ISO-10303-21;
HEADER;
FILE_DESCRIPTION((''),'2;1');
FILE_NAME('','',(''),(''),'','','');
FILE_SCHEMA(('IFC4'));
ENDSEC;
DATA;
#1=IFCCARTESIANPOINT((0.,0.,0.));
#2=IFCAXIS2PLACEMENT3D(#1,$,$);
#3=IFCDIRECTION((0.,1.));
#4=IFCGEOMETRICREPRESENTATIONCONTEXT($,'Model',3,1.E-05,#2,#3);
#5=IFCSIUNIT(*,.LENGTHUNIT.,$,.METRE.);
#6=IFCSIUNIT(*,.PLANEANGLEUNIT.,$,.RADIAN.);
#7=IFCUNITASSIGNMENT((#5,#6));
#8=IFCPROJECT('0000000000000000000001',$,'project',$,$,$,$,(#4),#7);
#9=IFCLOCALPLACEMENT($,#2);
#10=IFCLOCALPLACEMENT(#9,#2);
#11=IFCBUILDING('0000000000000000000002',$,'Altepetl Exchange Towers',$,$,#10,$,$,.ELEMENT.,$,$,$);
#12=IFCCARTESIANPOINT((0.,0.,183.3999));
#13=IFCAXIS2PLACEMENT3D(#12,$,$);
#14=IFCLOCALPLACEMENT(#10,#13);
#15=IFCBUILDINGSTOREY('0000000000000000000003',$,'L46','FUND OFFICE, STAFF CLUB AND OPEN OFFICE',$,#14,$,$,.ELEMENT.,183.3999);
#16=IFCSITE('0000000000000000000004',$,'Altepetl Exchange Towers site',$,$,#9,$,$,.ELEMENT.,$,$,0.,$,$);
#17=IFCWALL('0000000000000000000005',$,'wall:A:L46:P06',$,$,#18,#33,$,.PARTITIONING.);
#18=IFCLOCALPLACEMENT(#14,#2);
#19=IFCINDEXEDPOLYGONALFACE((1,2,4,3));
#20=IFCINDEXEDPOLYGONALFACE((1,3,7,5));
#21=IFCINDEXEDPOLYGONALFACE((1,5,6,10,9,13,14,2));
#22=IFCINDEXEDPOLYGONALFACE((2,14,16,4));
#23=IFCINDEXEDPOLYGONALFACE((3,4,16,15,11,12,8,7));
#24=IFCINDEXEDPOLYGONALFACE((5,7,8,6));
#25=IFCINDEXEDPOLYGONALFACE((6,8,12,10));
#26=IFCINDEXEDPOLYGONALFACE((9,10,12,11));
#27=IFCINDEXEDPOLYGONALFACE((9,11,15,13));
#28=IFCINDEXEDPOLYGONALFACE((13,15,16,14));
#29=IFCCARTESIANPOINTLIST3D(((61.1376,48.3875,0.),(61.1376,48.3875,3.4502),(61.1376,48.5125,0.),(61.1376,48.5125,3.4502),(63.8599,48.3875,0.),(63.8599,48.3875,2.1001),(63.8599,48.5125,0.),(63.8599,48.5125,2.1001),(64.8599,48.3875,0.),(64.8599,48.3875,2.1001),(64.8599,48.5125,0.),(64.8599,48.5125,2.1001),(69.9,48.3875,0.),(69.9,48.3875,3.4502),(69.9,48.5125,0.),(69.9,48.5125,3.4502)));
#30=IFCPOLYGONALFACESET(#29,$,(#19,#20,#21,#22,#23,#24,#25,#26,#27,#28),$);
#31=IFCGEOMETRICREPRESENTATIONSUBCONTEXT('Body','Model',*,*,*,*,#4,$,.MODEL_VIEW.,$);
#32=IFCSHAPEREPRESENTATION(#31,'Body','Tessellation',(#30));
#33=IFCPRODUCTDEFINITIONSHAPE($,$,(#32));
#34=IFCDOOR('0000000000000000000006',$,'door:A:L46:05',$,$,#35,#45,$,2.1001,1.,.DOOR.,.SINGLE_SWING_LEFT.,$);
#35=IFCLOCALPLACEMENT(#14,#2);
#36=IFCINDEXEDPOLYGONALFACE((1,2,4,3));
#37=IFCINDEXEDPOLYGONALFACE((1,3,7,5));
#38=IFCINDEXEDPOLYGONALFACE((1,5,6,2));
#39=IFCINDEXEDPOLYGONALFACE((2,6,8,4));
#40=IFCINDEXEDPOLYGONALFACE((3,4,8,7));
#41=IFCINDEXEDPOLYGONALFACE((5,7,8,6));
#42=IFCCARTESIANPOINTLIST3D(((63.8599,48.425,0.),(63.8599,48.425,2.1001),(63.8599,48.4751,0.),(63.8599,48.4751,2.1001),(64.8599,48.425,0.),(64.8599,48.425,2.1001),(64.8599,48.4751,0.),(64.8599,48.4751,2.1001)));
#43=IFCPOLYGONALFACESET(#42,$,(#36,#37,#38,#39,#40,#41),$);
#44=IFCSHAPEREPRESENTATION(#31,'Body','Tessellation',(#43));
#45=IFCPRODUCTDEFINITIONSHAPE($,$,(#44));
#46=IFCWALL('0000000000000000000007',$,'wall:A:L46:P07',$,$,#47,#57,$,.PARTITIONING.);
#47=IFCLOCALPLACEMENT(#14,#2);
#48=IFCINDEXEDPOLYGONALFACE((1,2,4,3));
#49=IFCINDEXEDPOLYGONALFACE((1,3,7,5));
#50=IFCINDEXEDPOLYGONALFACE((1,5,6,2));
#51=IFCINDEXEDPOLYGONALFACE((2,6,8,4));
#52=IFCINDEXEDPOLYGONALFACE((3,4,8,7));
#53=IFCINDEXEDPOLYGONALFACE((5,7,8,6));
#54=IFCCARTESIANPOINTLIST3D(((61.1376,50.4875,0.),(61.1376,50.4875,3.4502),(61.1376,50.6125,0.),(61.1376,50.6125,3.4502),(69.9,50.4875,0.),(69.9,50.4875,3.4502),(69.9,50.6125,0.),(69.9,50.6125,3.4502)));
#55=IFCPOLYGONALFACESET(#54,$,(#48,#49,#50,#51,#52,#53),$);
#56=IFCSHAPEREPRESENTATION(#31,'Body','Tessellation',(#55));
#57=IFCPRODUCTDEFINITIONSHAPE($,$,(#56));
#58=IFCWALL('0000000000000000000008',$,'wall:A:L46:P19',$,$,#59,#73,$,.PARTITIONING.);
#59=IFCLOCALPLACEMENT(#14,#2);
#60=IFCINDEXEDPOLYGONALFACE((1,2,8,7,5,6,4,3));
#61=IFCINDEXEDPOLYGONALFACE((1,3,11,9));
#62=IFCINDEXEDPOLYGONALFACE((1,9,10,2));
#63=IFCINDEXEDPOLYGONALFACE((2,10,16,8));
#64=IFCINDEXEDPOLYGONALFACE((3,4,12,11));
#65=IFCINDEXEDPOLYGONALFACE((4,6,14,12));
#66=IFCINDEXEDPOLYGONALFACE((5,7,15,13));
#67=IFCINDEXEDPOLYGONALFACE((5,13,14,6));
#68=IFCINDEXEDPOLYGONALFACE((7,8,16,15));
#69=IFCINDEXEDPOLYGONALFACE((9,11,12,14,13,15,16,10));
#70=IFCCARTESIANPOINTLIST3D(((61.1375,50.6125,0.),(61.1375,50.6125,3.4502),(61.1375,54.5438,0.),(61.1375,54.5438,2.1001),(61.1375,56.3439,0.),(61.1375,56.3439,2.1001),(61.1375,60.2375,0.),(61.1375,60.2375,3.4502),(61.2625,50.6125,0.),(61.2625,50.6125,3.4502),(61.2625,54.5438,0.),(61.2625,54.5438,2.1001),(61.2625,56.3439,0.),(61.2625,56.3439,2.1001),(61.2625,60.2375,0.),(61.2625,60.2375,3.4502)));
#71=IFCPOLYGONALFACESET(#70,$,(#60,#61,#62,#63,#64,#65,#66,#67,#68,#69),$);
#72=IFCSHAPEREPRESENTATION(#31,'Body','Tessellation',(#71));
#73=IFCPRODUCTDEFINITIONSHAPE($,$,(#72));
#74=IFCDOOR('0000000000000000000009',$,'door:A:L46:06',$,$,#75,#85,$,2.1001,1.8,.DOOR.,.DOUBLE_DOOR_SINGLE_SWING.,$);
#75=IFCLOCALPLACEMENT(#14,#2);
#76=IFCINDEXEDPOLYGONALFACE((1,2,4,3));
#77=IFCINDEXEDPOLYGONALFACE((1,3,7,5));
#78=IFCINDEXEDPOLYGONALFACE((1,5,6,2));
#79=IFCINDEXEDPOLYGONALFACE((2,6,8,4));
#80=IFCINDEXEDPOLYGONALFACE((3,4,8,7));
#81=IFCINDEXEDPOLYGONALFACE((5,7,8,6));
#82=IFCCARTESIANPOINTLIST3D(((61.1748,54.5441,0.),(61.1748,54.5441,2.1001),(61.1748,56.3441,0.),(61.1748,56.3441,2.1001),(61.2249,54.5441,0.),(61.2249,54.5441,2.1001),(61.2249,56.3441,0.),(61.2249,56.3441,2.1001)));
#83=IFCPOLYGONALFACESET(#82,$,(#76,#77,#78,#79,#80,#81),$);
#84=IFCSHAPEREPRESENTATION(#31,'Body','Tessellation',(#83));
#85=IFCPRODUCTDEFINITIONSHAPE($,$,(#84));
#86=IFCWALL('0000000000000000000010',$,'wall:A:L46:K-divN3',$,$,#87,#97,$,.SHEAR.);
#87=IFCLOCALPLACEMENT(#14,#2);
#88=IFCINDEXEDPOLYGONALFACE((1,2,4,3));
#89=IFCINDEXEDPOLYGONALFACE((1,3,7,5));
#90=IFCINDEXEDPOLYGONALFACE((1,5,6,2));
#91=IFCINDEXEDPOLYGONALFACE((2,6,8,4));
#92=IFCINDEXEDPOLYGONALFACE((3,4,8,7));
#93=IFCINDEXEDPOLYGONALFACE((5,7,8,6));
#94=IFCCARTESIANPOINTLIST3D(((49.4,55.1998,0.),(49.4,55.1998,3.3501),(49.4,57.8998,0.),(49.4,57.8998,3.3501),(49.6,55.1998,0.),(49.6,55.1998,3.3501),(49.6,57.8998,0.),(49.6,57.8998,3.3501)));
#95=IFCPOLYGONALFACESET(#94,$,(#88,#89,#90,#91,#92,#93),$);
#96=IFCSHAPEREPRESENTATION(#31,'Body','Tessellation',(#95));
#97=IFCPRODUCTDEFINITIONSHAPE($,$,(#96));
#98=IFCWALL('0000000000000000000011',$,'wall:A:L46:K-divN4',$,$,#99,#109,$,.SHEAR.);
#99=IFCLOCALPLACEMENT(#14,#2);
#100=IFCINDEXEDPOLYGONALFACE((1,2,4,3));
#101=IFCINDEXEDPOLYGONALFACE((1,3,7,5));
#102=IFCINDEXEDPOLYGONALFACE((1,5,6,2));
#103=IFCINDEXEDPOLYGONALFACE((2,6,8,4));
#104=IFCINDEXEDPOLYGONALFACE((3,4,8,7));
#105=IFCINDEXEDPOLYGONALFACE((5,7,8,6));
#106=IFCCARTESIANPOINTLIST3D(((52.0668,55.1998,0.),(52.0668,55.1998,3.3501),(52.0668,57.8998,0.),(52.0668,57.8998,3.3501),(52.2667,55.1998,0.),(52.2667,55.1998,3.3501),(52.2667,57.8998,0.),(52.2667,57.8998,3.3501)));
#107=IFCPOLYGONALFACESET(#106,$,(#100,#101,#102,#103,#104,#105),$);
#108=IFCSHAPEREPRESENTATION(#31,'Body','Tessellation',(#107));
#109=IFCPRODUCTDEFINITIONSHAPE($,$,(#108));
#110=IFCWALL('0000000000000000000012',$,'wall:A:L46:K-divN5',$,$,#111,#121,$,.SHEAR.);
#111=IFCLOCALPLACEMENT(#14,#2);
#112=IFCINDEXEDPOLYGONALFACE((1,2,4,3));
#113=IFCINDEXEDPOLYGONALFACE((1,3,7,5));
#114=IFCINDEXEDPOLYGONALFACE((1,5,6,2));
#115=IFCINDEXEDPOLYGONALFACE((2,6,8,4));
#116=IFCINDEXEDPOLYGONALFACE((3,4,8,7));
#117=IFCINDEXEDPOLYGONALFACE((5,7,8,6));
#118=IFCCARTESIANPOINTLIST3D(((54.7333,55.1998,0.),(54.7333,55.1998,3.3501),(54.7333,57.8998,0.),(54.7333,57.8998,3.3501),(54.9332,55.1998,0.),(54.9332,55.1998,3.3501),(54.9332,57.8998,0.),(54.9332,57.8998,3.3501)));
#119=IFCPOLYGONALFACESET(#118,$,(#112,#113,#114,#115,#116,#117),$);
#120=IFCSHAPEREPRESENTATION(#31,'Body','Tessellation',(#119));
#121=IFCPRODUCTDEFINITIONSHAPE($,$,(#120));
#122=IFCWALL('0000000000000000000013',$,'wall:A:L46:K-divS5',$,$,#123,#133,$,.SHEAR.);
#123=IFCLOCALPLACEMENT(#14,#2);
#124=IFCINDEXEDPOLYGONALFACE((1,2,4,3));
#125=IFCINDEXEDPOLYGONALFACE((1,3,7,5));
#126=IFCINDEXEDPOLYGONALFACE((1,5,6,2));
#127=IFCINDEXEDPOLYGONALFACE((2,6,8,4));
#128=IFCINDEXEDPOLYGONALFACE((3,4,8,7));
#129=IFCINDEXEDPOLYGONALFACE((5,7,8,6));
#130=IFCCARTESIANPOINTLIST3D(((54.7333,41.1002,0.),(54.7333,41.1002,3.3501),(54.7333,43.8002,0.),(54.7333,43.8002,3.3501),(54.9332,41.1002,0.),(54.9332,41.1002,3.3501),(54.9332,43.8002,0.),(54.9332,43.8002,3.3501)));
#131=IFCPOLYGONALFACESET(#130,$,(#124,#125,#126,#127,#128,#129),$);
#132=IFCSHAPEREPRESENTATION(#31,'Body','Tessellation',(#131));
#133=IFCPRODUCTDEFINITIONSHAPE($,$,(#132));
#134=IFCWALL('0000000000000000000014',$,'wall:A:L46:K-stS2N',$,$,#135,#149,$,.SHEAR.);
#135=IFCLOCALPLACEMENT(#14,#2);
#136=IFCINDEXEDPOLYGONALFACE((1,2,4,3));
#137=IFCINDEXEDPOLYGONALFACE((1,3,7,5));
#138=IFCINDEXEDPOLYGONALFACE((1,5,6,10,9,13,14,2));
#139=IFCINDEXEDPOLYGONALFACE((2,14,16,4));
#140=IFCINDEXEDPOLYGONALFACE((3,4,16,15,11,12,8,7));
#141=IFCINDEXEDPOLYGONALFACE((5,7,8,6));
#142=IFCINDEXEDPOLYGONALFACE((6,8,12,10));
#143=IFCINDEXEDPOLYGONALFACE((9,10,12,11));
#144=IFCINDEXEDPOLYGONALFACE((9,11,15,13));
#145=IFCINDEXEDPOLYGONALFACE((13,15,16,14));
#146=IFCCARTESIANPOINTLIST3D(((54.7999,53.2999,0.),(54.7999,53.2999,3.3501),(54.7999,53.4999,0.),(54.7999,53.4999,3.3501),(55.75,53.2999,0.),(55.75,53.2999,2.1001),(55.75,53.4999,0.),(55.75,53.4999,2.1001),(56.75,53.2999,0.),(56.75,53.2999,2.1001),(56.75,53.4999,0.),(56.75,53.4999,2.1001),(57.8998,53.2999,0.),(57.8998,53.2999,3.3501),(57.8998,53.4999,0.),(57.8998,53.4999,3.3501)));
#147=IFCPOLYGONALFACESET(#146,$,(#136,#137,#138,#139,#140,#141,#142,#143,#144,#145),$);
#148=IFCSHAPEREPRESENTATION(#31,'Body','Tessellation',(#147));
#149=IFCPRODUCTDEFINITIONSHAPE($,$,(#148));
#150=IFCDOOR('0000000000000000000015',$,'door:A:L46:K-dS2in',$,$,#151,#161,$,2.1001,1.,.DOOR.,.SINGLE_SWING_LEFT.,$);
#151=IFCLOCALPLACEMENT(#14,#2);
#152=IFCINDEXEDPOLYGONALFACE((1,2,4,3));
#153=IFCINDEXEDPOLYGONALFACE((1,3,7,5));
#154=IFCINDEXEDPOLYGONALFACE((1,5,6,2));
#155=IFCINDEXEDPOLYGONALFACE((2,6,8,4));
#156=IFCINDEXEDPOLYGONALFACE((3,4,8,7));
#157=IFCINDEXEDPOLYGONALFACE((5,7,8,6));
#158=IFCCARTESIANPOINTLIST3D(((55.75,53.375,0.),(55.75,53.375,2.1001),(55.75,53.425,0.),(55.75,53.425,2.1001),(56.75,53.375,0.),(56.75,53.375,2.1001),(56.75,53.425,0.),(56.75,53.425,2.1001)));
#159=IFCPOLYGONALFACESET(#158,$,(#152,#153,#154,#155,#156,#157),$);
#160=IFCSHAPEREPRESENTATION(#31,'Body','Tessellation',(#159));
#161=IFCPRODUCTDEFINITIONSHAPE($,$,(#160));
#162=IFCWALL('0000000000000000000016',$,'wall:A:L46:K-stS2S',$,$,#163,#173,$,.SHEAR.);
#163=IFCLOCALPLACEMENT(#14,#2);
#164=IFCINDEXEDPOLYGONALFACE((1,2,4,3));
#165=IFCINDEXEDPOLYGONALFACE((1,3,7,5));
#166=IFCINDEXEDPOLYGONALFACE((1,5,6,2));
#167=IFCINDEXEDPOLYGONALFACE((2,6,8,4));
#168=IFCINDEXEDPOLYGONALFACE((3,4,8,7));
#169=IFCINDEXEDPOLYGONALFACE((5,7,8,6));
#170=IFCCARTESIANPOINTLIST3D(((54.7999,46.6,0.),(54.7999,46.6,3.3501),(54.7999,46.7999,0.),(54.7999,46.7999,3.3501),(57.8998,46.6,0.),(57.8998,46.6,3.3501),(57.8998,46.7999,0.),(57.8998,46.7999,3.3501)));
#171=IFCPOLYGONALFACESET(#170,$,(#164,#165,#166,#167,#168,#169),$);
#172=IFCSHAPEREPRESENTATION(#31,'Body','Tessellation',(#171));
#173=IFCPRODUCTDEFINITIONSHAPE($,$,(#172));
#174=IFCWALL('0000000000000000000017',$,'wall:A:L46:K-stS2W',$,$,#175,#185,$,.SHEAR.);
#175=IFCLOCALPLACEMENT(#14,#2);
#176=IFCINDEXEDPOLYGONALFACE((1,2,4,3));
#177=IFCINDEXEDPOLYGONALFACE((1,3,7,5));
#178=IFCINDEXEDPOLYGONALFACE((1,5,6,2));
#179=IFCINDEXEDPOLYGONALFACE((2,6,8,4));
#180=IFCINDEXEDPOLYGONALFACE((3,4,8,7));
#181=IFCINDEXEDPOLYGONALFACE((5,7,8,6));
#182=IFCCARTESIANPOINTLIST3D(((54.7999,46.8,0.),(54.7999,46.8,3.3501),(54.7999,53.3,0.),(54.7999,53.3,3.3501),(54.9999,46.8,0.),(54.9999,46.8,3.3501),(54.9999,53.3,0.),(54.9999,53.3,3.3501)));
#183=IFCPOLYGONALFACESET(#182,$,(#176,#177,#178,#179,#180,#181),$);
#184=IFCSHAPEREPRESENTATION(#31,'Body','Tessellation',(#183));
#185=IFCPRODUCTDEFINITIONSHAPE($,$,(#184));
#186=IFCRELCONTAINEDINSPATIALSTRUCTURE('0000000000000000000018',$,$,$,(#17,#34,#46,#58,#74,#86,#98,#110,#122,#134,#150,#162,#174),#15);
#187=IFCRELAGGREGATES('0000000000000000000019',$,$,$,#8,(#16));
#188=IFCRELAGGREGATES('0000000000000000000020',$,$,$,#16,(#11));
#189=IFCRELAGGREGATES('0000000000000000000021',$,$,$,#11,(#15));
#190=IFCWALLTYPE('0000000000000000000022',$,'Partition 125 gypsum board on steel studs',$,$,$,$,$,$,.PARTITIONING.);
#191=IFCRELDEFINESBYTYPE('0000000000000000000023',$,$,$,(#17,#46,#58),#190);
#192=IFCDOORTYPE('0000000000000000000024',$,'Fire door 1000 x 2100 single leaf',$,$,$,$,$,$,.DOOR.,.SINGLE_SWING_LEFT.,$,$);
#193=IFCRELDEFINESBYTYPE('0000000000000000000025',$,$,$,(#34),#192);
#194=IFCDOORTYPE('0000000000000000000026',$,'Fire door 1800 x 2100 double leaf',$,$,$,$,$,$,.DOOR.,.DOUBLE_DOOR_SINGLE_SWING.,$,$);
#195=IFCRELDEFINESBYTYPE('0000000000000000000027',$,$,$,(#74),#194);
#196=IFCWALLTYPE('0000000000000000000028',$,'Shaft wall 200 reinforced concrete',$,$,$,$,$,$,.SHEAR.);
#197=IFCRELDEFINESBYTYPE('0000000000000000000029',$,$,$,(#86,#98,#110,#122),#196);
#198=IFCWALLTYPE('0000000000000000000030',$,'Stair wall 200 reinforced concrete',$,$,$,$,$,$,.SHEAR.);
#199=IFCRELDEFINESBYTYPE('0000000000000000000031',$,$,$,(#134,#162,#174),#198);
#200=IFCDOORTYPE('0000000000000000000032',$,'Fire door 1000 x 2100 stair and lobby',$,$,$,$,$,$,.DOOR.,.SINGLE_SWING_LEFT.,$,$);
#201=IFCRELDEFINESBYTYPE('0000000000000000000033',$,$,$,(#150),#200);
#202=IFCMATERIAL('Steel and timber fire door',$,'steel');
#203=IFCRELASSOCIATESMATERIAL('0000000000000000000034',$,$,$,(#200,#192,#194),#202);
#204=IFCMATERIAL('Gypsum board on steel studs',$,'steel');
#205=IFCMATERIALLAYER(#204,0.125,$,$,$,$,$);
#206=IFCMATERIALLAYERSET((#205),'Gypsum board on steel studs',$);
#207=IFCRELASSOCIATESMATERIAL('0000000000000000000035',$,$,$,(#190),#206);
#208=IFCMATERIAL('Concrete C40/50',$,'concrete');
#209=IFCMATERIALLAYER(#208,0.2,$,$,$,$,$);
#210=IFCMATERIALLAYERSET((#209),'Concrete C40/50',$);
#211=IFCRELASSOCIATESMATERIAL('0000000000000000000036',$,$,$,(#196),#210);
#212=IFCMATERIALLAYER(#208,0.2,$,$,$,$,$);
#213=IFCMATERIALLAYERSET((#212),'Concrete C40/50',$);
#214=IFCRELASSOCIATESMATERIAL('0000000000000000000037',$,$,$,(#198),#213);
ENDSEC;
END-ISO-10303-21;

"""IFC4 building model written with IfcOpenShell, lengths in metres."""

from ifc_helpers import new_model, si_unit, direction, frame, frame_2d, origin, place, context, subcontext, project, spatial, rectangle, extrude, material, layer, layer_set, type_object, element, fill, save


model = new_model("IFC4")

# Units and contexts
model_context = context("Model", 3, precision=1e-05, world=origin(), true_north=direction((0.0, 1.0)))
body_context = subcontext(model_context, "Body", "Model", "MODEL_VIEW")
ifc_project = project(units=[si_unit("LENGTHUNIT", "METRE"), si_unit("PLANEANGLEUNIT", "RADIAN")], contexts=[model_context])

# Site, building, storey
site_placement = place(None, origin())
site = spatial("IfcSite", under=ifc_project, at=site_placement, Name="Altepetl Exchange Towers site", CompositionType="ELEMENT", RefElevation=0.0)
building_placement = place(site_placement, origin())
building = spatial("IfcBuilding", under=site, at=building_placement, Name="Altepetl Exchange Towers", CompositionType="ELEMENT")
storey_placement = place(building_placement, frame((0.0, 0.0, 183.3999)))
storey = spatial("IfcBuildingStorey", under=building, at=storey_placement, Name="L46", Description="FUND OFFICE, STAFF CLUB AND OPEN OFFICE", CompositionType="ELEMENT", Elevation=183.3999)

# Shared definitions
ifc_material_1 = material(Name="Steel and timber fire door", Category="steel")
door_type_1 = type_object("IfcDoorType", Name="Fire door 1000 x 2100 stair and lobby", OperationType="SINGLE_SWING_LEFT", PredefinedType="DOOR", material=ifc_material_1)

# Shared definitions
ifc_material_2 = material(Name="Gypsum board on steel studs", Category="steel")
ifc_layer_1 = layer(ifc_material_2, 0.125)
ifc_layer_set_1 = layer_set([ifc_layer_1], Name="Gypsum board on steel studs")
wall_type_1 = type_object("IfcWallType", Name="Partition 125 gypsum board on steel studs", PredefinedType="PARTITIONING", material=ifc_layer_set_1)

# Wall, opening, door
wall_1_placement = place(storey_placement, frame((61.1375, 48.45, 0.0)))
wall_1 = element("IfcWall", 1, at=wall_1_placement, inside=storey, type_object=wall_type_1, Name="wall:A:L46:P06", PredefinedType="PARTITIONING", context=body_context, shape_type="SweptSolid", body=[
    extrude(rectangle(XDim=8.7625, YDim=0.125, at=frame_2d((4.3813, 0.0))), origin(), (0.0, 0.0, 1.0), 3.4502),
])
opening_1_placement = place(wall_1_placement, frame((2.7224, 0.0, 0.0)))
opening_1 = element("IfcOpeningElement", 2, at=opening_1_placement, cuts=wall_1, PredefinedType="OPENING", context=body_context, shape_type="SweptSolid", body=[
    extrude(rectangle(XDim=1.0, YDim=2.1001, at=frame_2d((0.5, 1.05))), frame((0.0, 0.0725, 0.0), z_axis=(0.0, -1.0, 0.0), x_axis=(1.0, 0.0, 0.0)), (0.0, 0.0, 1.0), 0.145),
])
door_type_2 = type_object("IfcDoorType", Name="Fire door 1000 x 2100 single leaf", OperationType="SINGLE_SWING_LEFT", PredefinedType="DOOR", material=ifc_material_1)
door_1_placement = place(opening_1_placement, frame((1.0, 0.0, 0.0), x_axis=(-1.0, 0.0, 0.0)))
door_1 = element("IfcDoor", 3, at=door_1_placement, inside=storey, type_object=door_type_2, Name="door:A:L46:05", OperationType="SINGLE_SWING_LEFT", OverallHeight=2.1001, OverallWidth=1.0, PredefinedType="DOOR", context=body_context, shape_type="SweptSolid", body=[
    extrude(rectangle(XDim=1.0, YDim=2.1001, at=frame_2d((0.5, 1.05))), frame((0.0, 0.0249, 0.0), z_axis=(0.0, -1.0, 0.0), x_axis=(1.0, 0.0, 0.0)), (0.0, 0.0, 1.0), 0.05),
])
fill(opening_1, door_1)

# Wall
wall_2_placement = place(storey_placement, frame((61.1375, 50.55, 0.0)))
element("IfcWall", 4, at=wall_2_placement, inside=storey, type_object=wall_type_1, Name="wall:A:L46:P07", PredefinedType="PARTITIONING", context=body_context, shape_type="SweptSolid", body=[
    extrude(rectangle(XDim=8.7625, YDim=0.125, at=frame_2d((4.3813, 0.0))), origin(), (0.0, 0.0, 1.0), 3.4502),
])

# Wall, opening, door
wall_3_placement = place(storey_placement, frame((61.2, 50.6125, 0.0), z_axis=(0.0, 0.0, 1.0), x_axis=(0.0, 1.0, 0.0)))
wall_3 = element("IfcWall", 5, at=wall_3_placement, inside=storey, type_object=wall_type_1, Name="wall:A:L46:P19", PredefinedType="PARTITIONING", context=body_context, shape_type="SweptSolid", body=[
    extrude(rectangle(XDim=9.625, YDim=0.125, at=frame_2d((4.8125, 0.0))), origin(), (0.0, 0.0, 1.0), 3.4502),
])
opening_2_placement = place(wall_3_placement, frame((3.9314, 0.0, 0.0)))
opening_2 = element("IfcOpeningElement", 6, at=opening_2_placement, cuts=wall_3, PredefinedType="OPENING", context=body_context, shape_type="SweptSolid", body=[
    extrude(rectangle(XDim=1.8, YDim=2.1001, at=frame_2d((0.8999, 1.05))), frame((0.0, 0.0725, 0.0), z_axis=(0.0, -1.0, 0.0), x_axis=(1.0, 0.0, 0.0)), (0.0, 0.0, 1.0), 0.145),
])
door_type_3 = type_object("IfcDoorType", Name="Fire door 1800 x 2100 double leaf", OperationType="DOUBLE_DOOR_SINGLE_SWING", PredefinedType="DOOR", material=ifc_material_1)
door_2_placement = place(opening_2_placement, frame((1.8, 0.0, 0.0), x_axis=(-1.0, 0.0, 0.0)))
door_2 = element("IfcDoor", 7, at=door_2_placement, inside=storey, type_object=door_type_3, Name="door:A:L46:06", OperationType="DOUBLE_DOOR_SINGLE_SWING", OverallHeight=2.1001, OverallWidth=1.8, PredefinedType="DOOR", context=body_context, shape_type="SweptSolid", body=[
    extrude(rectangle(XDim=1.8, YDim=2.1001, at=frame_2d((0.8999, 1.05))), frame((0.0, 0.0249, 0.0), z_axis=(0.0, -1.0, 0.0), x_axis=(1.0, 0.0, 0.0)), (0.0, 0.0, 1.0), 0.05),
])
fill(opening_2, door_2)

# Walls
ifc_material_3 = material(Name="Concrete C40/50", Category="concrete")
ifc_layer_2 = layer(ifc_material_3, 0.2)
ifc_layer_set_2 = layer_set([ifc_layer_2], Name="Concrete C40/50")
wall_type_2 = type_object("IfcWallType", Name="Shaft wall 200 reinforced concrete", PredefinedType="SHEAR", material=ifc_layer_set_2)
for number, where, z_axis, x_axis, name in (
    (8, (49.5, 57.8999, 0.0), (0.0, 0.0, 1.0), (0.0, -1.0, 0.0), "wall:A:L46:K-divN3"),
    (9, (52.1667, 57.8999, 0.0), (0.0, 0.0, 1.0), (0.0, -1.0, 0.0), "wall:A:L46:K-divN4"),
    (10, (54.8333, 57.8999, 0.0), (0.0, 0.0, 1.0), (0.0, -1.0, 0.0), "wall:A:L46:K-divN5"),
    (11, (54.8333, 41.1001, 0.0), (0.0, 0.0, 1.0), (0.0, 1.0, 0.0), "wall:A:L46:K-divS5"),
):
    element("IfcWall", number, at=place(storey_placement, frame(where, z_axis=z_axis, x_axis=x_axis)), inside=storey, type_object=wall_type_2, Name=name, PredefinedType="SHEAR", context=body_context, shape_type="SweptSolid", body=[
        extrude(rectangle(XDim=2.7, YDim=0.2, at=frame_2d((1.3501, 0.0))), origin(), (0.0, 0.0, 1.0), 3.3501),
    ])

# Wall, opening, door
ifc_layer_3 = layer(ifc_material_3, 0.2)
ifc_layer_set_3 = layer_set([ifc_layer_3], Name="Concrete C40/50")
wall_type_3 = type_object("IfcWallType", Name="Stair wall 200 reinforced concrete", PredefinedType="SHEAR", material=ifc_layer_set_3)
wall_4_placement = place(storey_placement, frame((54.8, 53.3999, 0.0)))
wall_4 = element("IfcWall", 12, at=wall_4_placement, inside=storey, type_object=wall_type_3, Name="wall:A:L46:K-stS2N", PredefinedType="SHEAR", context=body_context, shape_type="SweptSolid", body=[
    extrude(rectangle(XDim=3.0999, YDim=0.2, at=frame_2d((1.5498, 0.0))), origin(), (0.0, 0.0, 1.0), 3.3501),
])
opening_3_placement = place(wall_4_placement, frame((0.95, 0.0, 0.0)))
opening_3 = element("IfcOpeningElement", 13, at=opening_3_placement, cuts=wall_4, PredefinedType="OPENING", context=body_context, shape_type="SweptSolid", body=[
    extrude(rectangle(XDim=1.0, YDim=2.1001, at=frame_2d((0.5, 1.05))), frame((0.0, 0.1099, 0.0), z_axis=(0.0, -1.0, 0.0), x_axis=(1.0, 0.0, 0.0)), (0.0, 0.0, 1.0), 0.22),
])
door_3_placement = place(opening_3_placement, frame((1.0, 0.0, 0.0), x_axis=(-1.0, 0.0, 0.0)))
door_3 = element("IfcDoor", 14, at=door_3_placement, inside=storey, type_object=door_type_1, Name="door:A:L46:K-dS2in", OperationType="SINGLE_SWING_LEFT", OverallHeight=2.1001, OverallWidth=1.0, PredefinedType="DOOR", context=body_context, shape_type="SweptSolid", body=[
    extrude(rectangle(XDim=1.0, YDim=2.1001, at=frame_2d((0.5, 1.05))), frame((0.0, 0.0249, 0.0), z_axis=(0.0, -1.0, 0.0), x_axis=(1.0, 0.0, 0.0)), (0.0, 0.0, 1.0), 0.05),
])
fill(opening_3, door_3)

# Walls
wall_5_placement = place(storey_placement, frame((54.8, 46.7, 0.0)))
element("IfcWall", 15, at=wall_5_placement, inside=storey, type_object=wall_type_3, Name="wall:A:L46:K-stS2S", PredefinedType="SHEAR", context=body_context, shape_type="SweptSolid", body=[
    extrude(rectangle(XDim=3.0999, YDim=0.2, at=frame_2d((1.5498, 0.0))), origin(), (0.0, 0.0, 1.0), 3.3501),
])
wall_6_placement = place(storey_placement, frame((54.8999, 46.8, 0.0), z_axis=(0.0, 0.0, 1.0), x_axis=(0.0, 1.0, 0.0)))
element("IfcWall", 16, at=wall_6_placement, inside=storey, type_object=wall_type_3, Name="wall:A:L46:K-stS2W", PredefinedType="SHEAR", context=body_context, shape_type="SweptSolid", body=[
    extrude(rectangle(XDim=6.5, YDim=0.2, at=frame_2d((3.25, 0.0))), origin(), (0.0, 0.0, 1.0), 3.3501),
])

save(model, "model.ifc")
